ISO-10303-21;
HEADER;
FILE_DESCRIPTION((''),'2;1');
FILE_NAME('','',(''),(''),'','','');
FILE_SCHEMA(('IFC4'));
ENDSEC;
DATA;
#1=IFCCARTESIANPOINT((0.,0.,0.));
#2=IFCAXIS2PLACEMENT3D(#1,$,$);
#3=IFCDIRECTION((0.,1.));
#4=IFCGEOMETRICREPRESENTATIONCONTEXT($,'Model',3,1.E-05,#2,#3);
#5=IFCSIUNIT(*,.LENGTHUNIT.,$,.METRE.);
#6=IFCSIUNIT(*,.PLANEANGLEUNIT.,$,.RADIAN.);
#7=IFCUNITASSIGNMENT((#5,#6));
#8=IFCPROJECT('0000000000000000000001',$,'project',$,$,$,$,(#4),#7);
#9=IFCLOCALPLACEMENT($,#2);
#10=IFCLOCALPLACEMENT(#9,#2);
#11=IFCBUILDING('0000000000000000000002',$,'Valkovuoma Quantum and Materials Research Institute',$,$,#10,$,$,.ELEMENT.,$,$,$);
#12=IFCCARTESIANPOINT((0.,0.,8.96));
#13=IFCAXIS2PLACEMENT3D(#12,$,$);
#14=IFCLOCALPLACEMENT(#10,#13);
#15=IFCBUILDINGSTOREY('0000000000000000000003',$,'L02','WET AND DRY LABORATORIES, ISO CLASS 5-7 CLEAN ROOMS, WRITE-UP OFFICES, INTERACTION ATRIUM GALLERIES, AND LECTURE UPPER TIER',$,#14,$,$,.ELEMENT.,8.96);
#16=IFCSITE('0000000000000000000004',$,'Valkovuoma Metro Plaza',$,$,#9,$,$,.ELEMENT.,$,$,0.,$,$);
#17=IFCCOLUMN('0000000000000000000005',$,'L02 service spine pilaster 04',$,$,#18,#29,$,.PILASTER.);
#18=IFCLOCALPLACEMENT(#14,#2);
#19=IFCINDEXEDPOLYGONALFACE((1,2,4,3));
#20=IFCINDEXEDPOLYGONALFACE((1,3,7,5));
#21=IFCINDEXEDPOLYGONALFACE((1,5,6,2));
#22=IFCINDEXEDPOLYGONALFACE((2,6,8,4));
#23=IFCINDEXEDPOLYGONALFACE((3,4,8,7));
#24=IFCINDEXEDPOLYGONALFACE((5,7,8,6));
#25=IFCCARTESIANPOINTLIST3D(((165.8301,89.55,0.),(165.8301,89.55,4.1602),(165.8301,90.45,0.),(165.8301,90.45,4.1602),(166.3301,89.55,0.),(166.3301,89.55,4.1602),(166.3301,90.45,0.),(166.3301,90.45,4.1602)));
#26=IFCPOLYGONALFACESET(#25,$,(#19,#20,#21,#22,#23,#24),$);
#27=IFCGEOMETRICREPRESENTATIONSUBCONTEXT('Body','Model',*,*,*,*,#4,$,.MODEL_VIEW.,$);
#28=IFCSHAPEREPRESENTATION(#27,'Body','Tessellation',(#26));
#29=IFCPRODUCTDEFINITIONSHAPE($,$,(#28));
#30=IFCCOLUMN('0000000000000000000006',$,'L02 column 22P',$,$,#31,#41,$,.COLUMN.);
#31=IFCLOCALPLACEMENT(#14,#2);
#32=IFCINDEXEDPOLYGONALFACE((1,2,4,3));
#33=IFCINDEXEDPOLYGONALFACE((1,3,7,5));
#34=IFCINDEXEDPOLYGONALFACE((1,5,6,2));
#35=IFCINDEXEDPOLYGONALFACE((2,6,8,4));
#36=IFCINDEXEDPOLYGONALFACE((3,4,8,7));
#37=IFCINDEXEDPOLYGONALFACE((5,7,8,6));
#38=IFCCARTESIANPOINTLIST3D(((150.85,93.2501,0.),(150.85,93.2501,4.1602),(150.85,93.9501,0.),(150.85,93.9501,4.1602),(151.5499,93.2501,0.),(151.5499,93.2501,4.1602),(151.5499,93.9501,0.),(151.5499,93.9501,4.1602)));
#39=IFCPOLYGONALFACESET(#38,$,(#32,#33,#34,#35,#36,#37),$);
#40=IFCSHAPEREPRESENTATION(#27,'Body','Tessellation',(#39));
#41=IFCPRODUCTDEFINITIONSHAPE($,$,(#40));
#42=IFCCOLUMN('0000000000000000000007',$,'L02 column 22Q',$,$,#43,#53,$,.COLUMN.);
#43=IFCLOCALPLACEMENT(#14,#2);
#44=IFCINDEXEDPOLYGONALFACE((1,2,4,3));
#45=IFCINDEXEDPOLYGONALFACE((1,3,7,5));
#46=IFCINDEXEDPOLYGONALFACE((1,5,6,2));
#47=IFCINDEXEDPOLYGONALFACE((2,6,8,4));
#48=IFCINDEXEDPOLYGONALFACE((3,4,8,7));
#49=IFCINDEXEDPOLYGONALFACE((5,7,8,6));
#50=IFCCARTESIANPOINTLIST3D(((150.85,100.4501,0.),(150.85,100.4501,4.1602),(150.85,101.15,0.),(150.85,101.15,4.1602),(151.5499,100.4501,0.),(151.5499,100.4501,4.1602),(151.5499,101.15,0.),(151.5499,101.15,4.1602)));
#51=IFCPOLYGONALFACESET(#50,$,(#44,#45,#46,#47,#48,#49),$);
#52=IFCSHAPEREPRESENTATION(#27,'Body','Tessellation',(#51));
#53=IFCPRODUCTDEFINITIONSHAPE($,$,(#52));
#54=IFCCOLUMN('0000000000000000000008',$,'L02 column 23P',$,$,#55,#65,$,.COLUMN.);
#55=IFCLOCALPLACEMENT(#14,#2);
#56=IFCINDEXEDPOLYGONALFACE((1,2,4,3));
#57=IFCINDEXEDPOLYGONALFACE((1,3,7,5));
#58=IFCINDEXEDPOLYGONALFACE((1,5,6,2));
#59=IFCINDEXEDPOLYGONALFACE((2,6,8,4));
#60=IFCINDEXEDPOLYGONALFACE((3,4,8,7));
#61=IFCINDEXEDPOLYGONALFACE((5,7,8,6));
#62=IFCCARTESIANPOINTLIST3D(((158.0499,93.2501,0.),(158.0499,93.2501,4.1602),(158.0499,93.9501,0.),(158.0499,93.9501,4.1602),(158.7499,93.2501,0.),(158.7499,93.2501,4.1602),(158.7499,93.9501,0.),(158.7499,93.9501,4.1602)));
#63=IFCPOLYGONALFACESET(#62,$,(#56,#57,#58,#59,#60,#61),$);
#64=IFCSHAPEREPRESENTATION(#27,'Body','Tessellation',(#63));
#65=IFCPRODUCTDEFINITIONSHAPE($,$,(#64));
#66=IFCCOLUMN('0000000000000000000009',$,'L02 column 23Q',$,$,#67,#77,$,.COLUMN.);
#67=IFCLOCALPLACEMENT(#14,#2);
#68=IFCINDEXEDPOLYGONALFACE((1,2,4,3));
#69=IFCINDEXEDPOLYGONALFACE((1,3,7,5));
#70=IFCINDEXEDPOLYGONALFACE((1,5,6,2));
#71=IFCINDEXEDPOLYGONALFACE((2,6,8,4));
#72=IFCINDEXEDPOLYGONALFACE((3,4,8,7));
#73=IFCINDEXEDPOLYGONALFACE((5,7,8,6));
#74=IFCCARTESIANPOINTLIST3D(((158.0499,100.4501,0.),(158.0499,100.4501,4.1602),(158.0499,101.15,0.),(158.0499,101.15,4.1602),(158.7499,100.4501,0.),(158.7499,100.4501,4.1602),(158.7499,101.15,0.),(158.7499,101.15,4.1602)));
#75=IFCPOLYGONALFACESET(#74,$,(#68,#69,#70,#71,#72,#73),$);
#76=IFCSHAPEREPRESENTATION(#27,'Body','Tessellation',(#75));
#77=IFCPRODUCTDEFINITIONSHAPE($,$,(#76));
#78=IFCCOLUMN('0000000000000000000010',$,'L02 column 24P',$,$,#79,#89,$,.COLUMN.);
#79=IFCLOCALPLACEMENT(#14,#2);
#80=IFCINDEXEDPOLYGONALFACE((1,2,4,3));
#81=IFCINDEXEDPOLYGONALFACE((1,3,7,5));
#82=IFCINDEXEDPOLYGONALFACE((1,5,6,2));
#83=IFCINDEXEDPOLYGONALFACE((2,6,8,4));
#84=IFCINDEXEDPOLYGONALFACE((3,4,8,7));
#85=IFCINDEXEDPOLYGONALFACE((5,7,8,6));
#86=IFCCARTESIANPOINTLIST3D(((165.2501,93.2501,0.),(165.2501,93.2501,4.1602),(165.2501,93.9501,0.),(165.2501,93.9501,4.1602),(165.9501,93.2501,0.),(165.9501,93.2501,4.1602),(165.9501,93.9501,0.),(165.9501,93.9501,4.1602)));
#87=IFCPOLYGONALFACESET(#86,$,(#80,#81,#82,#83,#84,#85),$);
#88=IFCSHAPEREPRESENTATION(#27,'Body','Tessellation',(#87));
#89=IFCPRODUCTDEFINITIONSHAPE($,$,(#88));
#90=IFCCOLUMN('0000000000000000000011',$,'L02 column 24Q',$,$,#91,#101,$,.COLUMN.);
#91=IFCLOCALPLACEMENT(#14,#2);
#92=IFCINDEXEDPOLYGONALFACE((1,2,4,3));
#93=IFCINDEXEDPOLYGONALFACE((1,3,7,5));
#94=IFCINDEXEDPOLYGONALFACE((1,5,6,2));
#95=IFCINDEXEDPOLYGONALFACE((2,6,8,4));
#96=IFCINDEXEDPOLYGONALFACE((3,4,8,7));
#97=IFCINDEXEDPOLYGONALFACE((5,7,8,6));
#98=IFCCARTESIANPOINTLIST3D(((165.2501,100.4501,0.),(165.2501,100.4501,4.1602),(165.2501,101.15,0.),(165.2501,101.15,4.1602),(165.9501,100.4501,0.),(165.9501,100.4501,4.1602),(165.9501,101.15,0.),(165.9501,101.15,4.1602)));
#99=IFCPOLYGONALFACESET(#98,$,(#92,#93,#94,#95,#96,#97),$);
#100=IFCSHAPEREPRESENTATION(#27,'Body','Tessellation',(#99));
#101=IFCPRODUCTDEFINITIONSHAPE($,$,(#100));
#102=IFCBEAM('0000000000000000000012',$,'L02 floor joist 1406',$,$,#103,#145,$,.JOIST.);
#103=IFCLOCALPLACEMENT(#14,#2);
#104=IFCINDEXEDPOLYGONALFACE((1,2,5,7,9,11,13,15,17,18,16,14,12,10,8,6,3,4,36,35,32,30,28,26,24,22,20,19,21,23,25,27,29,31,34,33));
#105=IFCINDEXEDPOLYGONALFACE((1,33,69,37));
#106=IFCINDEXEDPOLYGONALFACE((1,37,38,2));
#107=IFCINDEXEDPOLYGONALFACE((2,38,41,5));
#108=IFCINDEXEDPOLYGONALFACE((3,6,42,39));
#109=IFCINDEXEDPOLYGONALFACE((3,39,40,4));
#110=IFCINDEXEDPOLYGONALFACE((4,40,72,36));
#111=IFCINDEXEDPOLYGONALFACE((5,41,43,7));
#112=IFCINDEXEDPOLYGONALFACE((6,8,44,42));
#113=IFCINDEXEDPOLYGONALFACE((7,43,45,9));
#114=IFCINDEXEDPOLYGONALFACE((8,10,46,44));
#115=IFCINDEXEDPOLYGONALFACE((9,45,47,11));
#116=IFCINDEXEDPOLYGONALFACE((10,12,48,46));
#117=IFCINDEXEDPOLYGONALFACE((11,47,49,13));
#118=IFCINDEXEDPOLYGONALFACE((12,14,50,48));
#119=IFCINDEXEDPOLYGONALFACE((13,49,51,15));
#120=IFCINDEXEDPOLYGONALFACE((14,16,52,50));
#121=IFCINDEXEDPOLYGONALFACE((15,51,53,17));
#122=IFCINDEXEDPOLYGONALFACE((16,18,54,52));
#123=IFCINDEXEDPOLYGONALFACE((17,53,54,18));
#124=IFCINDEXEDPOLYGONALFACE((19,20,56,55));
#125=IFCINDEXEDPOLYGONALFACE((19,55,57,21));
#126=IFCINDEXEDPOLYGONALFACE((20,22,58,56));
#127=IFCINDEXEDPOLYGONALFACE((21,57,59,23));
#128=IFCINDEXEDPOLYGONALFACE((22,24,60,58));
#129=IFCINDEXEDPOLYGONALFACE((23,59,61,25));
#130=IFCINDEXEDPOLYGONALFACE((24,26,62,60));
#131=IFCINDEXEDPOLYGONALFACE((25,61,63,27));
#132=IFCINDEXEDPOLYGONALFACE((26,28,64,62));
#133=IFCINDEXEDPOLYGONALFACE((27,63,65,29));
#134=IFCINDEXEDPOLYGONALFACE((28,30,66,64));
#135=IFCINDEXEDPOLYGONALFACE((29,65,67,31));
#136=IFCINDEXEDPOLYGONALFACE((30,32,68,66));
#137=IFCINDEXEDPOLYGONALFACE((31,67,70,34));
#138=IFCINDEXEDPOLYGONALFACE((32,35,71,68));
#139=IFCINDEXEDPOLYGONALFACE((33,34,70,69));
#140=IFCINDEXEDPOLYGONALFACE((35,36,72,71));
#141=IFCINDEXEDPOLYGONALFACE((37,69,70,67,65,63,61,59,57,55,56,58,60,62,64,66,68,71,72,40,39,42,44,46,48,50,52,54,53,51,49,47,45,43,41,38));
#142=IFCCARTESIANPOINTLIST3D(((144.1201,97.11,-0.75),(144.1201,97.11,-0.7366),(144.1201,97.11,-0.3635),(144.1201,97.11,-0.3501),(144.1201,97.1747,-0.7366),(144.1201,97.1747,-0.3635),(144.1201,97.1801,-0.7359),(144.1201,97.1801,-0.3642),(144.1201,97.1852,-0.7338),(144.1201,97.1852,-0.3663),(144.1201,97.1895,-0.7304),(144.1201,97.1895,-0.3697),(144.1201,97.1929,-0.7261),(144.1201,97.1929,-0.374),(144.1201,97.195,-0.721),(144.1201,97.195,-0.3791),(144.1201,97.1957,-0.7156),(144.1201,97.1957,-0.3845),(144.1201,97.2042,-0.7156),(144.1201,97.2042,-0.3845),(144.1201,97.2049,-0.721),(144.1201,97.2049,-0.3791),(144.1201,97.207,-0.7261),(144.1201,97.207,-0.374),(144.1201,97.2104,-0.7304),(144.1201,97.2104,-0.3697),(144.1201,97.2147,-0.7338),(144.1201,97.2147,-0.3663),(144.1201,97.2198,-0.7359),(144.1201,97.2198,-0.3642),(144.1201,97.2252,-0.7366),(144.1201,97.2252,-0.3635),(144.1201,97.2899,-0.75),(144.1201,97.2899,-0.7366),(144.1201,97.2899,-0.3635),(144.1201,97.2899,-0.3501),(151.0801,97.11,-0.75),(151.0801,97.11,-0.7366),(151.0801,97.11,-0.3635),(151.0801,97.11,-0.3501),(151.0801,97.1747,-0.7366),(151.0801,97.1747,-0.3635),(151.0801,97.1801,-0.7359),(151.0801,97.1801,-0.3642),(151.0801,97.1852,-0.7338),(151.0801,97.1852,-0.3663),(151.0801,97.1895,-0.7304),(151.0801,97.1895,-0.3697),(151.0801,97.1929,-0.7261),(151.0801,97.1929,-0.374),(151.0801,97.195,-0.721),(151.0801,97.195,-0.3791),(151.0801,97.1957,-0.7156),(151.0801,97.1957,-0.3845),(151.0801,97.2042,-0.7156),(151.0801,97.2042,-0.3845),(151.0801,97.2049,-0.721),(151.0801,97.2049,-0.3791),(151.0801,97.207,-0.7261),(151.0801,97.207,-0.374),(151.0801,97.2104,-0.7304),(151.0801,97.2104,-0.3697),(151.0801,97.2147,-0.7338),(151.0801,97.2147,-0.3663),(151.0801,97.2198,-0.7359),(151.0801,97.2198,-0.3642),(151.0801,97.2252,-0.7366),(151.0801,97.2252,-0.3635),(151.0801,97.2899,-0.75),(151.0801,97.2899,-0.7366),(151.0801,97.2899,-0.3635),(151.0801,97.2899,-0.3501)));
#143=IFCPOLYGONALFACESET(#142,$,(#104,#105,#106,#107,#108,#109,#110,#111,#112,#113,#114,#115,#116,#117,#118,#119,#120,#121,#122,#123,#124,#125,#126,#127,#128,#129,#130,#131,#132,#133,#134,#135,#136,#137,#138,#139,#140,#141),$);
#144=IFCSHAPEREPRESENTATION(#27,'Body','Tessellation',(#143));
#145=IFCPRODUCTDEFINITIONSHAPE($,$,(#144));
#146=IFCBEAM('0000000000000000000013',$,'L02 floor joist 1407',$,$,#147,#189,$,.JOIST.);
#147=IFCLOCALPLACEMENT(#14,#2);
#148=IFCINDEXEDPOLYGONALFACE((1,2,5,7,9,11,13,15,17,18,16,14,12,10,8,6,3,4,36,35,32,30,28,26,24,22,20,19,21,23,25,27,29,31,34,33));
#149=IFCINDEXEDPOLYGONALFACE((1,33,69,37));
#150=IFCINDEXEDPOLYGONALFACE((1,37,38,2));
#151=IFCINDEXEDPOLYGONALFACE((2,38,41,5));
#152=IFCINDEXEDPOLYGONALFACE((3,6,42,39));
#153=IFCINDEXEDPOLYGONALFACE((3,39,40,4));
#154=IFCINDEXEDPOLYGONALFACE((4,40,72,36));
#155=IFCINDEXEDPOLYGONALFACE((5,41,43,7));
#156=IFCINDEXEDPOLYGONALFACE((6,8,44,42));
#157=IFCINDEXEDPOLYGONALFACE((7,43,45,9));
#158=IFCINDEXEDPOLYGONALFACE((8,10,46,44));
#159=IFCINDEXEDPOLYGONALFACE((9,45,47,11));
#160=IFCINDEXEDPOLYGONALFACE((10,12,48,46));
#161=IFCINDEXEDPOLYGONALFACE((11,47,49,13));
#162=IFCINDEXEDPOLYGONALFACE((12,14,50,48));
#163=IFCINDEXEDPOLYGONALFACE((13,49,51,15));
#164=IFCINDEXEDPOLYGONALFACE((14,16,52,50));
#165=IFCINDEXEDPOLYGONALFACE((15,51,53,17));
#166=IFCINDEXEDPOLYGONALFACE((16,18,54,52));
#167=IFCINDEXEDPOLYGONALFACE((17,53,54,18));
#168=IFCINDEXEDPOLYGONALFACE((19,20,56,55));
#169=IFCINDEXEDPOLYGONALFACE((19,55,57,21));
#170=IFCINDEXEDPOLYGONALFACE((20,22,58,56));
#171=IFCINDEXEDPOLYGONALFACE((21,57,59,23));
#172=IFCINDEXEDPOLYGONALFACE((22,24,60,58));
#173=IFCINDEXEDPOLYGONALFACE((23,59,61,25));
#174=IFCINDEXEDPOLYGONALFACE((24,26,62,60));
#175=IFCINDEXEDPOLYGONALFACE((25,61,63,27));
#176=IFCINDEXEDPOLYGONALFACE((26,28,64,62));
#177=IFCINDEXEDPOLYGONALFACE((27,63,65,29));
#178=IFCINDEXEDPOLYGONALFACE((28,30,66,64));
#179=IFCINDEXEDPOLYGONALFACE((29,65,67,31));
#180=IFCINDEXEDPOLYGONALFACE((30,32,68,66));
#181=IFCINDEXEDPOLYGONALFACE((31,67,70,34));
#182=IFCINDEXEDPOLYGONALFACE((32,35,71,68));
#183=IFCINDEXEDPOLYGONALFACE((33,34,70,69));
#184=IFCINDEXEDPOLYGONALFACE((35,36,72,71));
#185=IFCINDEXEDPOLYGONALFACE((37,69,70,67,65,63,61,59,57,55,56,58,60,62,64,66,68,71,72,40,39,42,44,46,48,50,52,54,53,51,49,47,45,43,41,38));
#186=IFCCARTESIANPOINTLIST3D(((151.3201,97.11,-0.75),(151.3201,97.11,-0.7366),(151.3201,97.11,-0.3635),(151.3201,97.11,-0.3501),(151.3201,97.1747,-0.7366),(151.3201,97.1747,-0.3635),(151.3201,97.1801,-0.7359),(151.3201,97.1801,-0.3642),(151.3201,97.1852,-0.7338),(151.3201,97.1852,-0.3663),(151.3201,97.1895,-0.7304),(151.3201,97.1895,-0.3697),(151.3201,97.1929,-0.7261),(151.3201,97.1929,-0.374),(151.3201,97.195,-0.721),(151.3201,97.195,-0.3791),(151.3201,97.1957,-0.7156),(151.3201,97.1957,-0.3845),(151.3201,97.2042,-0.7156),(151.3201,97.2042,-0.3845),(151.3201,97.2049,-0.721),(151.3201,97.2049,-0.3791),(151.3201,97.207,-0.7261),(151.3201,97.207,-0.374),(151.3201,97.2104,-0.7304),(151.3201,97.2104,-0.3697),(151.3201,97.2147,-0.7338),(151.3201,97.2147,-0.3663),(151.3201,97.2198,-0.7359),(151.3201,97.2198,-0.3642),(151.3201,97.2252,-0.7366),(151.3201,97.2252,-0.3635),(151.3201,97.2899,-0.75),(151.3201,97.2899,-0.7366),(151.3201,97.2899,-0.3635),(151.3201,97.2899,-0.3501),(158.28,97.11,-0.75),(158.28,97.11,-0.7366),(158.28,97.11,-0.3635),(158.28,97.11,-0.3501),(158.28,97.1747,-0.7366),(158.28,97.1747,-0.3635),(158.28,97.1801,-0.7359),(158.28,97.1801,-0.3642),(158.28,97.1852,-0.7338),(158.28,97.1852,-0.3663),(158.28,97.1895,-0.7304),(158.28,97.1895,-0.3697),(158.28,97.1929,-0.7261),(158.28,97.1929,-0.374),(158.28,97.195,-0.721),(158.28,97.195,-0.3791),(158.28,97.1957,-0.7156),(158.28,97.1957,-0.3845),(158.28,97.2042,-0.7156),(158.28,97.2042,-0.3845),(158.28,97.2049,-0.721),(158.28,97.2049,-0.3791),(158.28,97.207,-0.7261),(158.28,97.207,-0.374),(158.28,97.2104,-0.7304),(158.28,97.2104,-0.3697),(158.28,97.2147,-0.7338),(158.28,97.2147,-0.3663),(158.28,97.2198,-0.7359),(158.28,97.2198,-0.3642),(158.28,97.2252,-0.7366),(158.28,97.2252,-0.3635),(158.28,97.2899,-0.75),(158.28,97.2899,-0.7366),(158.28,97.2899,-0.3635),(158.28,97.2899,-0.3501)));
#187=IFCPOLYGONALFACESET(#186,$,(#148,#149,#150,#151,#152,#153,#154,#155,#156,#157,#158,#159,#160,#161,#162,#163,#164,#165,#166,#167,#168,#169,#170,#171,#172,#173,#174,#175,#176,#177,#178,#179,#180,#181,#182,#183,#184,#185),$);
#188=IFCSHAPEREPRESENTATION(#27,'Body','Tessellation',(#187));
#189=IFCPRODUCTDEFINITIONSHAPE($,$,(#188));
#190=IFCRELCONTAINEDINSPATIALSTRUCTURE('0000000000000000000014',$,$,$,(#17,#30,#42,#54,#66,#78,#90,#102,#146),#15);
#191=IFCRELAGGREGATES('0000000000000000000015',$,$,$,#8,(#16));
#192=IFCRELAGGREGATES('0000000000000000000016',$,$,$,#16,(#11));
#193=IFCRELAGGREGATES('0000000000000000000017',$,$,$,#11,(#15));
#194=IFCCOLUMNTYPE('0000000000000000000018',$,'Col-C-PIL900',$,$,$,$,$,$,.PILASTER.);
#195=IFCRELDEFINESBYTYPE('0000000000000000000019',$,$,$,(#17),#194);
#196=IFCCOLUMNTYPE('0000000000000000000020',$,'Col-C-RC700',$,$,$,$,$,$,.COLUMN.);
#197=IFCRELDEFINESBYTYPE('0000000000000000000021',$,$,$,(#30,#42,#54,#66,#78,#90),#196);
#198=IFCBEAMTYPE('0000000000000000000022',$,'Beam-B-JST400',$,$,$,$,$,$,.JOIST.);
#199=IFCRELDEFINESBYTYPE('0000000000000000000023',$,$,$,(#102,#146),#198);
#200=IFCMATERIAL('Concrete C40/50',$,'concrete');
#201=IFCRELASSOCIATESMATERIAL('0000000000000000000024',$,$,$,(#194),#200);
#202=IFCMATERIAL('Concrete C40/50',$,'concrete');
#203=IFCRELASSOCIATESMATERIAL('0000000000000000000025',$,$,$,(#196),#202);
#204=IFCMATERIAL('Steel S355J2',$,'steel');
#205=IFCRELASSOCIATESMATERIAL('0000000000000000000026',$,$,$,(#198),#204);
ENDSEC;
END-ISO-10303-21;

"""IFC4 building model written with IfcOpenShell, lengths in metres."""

from ifc_helpers import new_model, si_unit, direction, frame, origin, origin_2d, place, context, subcontext, project, spatial, rectangle, i_section, extrude, material, material_profile, profile_set, type_object, element, save


model = new_model("IFC4")

# Units and contexts
model_context = context("Model", 3, precision=1e-05, world=origin(), true_north=direction((0.0, 1.0)))
body_context = subcontext(model_context, "Body", "Model", "MODEL_VIEW")
ifc_project = project(units=[si_unit("LENGTHUNIT", "METRE"), si_unit("PLANEANGLEUNIT", "RADIAN")], contexts=[model_context])

# Site, building, storey
site_placement = place(None, origin())
site = spatial("IfcSite", under=ifc_project, at=site_placement, Name="Valkovuoma Metro Plaza", CompositionType="ELEMENT", RefElevation=0.0)
building_placement = place(site_placement, origin())
building = spatial("IfcBuilding", under=site, at=building_placement, Name="Valkovuoma Quantum and Materials Research Institute", CompositionType="ELEMENT")
storey_placement = place(building_placement, frame((0.0, 0.0, 8.96)))
storey = spatial("IfcBuildingStorey", under=building, at=storey_placement, Name="L02", Description="WET AND DRY LABORATORIES, ISO CLASS 5-7 CLEAN ROOMS, WRITE-UP OFFICES, INTERACTION ATRIUM GALLERIES, AND LECTURE UPPER TIER", CompositionType="ELEMENT", Elevation=8.96)

# Columns
ifc_material_1 = material(Name="Concrete C40/50", Category="concrete")
ifc_material_profile_1 = material_profile(ifc_material_1, rectangle(XDim=0.5, YDim=0.8999, at=origin_2d()), Name="Concrete C40/50")
ifc_profile_set_1 = profile_set([ifc_material_profile_1], Name="Concrete C40/50")
column_type_1 = type_object("IfcColumnType", Name="Col-C-PIL900", PredefinedType="PILASTER", material=ifc_profile_set_1)
column_placement = place(storey_placement, frame((166.0801, 90.0, 0.0), z_axis=(0.0, 0.0, 1.0), x_axis=(1.0, 0.0, 0.0)))
element("IfcColumn", 1, at=column_placement, inside=storey, type_object=column_type_1, Name="L02 service spine pilaster 04", PredefinedType="PILASTER", context=body_context, shape_type="SweptSolid", body=[
    extrude(rectangle(XDim=0.5, YDim=0.8999, at=origin_2d()), origin(), (0.0, 0.0, 1.0), 4.1602),
])
ifc_material_2 = material(Name="Concrete C40/50", Category="concrete")
ifc_material_profile_2 = material_profile(ifc_material_2, rectangle(XDim=0.7, YDim=0.7, at=origin_2d()), Name="Concrete C40/50")
ifc_profile_set_2 = profile_set([ifc_material_profile_2], Name="Concrete C40/50")
column_type_2 = type_object("IfcColumnType", Name="Col-C-RC700", PredefinedType="COLUMN", material=ifc_profile_set_2)
for number, where, z_axis, x_axis, name in (
    (2, (151.2, 93.6001, 0.0), (0.0, 0.0, 1.0), (1.0, 0.0, 0.0), "L02 column 22P"),
    (3, (151.2, 100.8, 0.0), (0.0, 0.0, 1.0), (1.0, 0.0, 0.0), "L02 column 22Q"),
    (4, (158.3999, 93.6001, 0.0), (0.0, 0.0, 1.0), (1.0, 0.0, 0.0), "L02 column 23P"),
    (5, (158.3999, 100.8, 0.0), (0.0, 0.0, 1.0), (1.0, 0.0, 0.0), "L02 column 23Q"),
    (6, (165.6001, 93.6001, 0.0), (0.0, 0.0, 1.0), (1.0, 0.0, 0.0), "L02 column 24P"),
    (7, (165.6001, 100.8, 0.0), (0.0, 0.0, 1.0), (1.0, 0.0, 0.0), "L02 column 24Q"),
):
    element("IfcColumn", number, at=place(storey_placement, frame(where, z_axis=z_axis, x_axis=x_axis)), inside=storey, type_object=column_type_2, Name=name, PredefinedType="COLUMN", context=body_context, shape_type="SweptSolid", body=[
        extrude(rectangle(XDim=0.7, YDim=0.7, at=origin_2d()), origin(), (0.0, 0.0, 1.0), 4.1602),
    ])

# Beams
ifc_material_3 = material(Name="Steel S355J2", Category="steel")
ifc_material_profile_3 = material_profile(ifc_material_3, i_section(OverallWidth=0.1799, OverallDepth=0.3999, WebThickness=0.0085, FlangeThickness=0.0134, FilletRadius=0.021, at=origin_2d()), Name="Steel S355J2")
ifc_profile_set_3 = profile_set([ifc_material_profile_3], Name="Steel S355J2")
beam_type_1 = type_object("IfcBeamType", Name="Beam-B-JST400", PredefinedType="JOIST", material=ifc_profile_set_3)
for number, where, z_axis, x_axis, name in (
    (8, (144.1201, 97.2, -0.55), (1.0, 0.0, 0.0), (0.0, 1.0, 0.0), "L02 floor joist 1406"),
    (9, (151.3201, 97.2, -0.55), (1.0, 0.0, 0.0), (0.0, 1.0, 0.0), "L02 floor joist 1407"),
):
    element("IfcBeam", number, at=place(storey_placement, frame(where, z_axis=z_axis, x_axis=x_axis)), inside=storey, type_object=beam_type_1, Name=name, PredefinedType="JOIST", context=body_context, shape_type="SweptSolid", body=[
        extrude(i_section(OverallWidth=0.1799, OverallDepth=0.3999, WebThickness=0.0085, FlangeThickness=0.0134, FilletRadius=0.021, at=origin_2d()), origin(), (0.0, 0.0, 1.0), 6.96),
    ])

save(model, "model.ifc")
